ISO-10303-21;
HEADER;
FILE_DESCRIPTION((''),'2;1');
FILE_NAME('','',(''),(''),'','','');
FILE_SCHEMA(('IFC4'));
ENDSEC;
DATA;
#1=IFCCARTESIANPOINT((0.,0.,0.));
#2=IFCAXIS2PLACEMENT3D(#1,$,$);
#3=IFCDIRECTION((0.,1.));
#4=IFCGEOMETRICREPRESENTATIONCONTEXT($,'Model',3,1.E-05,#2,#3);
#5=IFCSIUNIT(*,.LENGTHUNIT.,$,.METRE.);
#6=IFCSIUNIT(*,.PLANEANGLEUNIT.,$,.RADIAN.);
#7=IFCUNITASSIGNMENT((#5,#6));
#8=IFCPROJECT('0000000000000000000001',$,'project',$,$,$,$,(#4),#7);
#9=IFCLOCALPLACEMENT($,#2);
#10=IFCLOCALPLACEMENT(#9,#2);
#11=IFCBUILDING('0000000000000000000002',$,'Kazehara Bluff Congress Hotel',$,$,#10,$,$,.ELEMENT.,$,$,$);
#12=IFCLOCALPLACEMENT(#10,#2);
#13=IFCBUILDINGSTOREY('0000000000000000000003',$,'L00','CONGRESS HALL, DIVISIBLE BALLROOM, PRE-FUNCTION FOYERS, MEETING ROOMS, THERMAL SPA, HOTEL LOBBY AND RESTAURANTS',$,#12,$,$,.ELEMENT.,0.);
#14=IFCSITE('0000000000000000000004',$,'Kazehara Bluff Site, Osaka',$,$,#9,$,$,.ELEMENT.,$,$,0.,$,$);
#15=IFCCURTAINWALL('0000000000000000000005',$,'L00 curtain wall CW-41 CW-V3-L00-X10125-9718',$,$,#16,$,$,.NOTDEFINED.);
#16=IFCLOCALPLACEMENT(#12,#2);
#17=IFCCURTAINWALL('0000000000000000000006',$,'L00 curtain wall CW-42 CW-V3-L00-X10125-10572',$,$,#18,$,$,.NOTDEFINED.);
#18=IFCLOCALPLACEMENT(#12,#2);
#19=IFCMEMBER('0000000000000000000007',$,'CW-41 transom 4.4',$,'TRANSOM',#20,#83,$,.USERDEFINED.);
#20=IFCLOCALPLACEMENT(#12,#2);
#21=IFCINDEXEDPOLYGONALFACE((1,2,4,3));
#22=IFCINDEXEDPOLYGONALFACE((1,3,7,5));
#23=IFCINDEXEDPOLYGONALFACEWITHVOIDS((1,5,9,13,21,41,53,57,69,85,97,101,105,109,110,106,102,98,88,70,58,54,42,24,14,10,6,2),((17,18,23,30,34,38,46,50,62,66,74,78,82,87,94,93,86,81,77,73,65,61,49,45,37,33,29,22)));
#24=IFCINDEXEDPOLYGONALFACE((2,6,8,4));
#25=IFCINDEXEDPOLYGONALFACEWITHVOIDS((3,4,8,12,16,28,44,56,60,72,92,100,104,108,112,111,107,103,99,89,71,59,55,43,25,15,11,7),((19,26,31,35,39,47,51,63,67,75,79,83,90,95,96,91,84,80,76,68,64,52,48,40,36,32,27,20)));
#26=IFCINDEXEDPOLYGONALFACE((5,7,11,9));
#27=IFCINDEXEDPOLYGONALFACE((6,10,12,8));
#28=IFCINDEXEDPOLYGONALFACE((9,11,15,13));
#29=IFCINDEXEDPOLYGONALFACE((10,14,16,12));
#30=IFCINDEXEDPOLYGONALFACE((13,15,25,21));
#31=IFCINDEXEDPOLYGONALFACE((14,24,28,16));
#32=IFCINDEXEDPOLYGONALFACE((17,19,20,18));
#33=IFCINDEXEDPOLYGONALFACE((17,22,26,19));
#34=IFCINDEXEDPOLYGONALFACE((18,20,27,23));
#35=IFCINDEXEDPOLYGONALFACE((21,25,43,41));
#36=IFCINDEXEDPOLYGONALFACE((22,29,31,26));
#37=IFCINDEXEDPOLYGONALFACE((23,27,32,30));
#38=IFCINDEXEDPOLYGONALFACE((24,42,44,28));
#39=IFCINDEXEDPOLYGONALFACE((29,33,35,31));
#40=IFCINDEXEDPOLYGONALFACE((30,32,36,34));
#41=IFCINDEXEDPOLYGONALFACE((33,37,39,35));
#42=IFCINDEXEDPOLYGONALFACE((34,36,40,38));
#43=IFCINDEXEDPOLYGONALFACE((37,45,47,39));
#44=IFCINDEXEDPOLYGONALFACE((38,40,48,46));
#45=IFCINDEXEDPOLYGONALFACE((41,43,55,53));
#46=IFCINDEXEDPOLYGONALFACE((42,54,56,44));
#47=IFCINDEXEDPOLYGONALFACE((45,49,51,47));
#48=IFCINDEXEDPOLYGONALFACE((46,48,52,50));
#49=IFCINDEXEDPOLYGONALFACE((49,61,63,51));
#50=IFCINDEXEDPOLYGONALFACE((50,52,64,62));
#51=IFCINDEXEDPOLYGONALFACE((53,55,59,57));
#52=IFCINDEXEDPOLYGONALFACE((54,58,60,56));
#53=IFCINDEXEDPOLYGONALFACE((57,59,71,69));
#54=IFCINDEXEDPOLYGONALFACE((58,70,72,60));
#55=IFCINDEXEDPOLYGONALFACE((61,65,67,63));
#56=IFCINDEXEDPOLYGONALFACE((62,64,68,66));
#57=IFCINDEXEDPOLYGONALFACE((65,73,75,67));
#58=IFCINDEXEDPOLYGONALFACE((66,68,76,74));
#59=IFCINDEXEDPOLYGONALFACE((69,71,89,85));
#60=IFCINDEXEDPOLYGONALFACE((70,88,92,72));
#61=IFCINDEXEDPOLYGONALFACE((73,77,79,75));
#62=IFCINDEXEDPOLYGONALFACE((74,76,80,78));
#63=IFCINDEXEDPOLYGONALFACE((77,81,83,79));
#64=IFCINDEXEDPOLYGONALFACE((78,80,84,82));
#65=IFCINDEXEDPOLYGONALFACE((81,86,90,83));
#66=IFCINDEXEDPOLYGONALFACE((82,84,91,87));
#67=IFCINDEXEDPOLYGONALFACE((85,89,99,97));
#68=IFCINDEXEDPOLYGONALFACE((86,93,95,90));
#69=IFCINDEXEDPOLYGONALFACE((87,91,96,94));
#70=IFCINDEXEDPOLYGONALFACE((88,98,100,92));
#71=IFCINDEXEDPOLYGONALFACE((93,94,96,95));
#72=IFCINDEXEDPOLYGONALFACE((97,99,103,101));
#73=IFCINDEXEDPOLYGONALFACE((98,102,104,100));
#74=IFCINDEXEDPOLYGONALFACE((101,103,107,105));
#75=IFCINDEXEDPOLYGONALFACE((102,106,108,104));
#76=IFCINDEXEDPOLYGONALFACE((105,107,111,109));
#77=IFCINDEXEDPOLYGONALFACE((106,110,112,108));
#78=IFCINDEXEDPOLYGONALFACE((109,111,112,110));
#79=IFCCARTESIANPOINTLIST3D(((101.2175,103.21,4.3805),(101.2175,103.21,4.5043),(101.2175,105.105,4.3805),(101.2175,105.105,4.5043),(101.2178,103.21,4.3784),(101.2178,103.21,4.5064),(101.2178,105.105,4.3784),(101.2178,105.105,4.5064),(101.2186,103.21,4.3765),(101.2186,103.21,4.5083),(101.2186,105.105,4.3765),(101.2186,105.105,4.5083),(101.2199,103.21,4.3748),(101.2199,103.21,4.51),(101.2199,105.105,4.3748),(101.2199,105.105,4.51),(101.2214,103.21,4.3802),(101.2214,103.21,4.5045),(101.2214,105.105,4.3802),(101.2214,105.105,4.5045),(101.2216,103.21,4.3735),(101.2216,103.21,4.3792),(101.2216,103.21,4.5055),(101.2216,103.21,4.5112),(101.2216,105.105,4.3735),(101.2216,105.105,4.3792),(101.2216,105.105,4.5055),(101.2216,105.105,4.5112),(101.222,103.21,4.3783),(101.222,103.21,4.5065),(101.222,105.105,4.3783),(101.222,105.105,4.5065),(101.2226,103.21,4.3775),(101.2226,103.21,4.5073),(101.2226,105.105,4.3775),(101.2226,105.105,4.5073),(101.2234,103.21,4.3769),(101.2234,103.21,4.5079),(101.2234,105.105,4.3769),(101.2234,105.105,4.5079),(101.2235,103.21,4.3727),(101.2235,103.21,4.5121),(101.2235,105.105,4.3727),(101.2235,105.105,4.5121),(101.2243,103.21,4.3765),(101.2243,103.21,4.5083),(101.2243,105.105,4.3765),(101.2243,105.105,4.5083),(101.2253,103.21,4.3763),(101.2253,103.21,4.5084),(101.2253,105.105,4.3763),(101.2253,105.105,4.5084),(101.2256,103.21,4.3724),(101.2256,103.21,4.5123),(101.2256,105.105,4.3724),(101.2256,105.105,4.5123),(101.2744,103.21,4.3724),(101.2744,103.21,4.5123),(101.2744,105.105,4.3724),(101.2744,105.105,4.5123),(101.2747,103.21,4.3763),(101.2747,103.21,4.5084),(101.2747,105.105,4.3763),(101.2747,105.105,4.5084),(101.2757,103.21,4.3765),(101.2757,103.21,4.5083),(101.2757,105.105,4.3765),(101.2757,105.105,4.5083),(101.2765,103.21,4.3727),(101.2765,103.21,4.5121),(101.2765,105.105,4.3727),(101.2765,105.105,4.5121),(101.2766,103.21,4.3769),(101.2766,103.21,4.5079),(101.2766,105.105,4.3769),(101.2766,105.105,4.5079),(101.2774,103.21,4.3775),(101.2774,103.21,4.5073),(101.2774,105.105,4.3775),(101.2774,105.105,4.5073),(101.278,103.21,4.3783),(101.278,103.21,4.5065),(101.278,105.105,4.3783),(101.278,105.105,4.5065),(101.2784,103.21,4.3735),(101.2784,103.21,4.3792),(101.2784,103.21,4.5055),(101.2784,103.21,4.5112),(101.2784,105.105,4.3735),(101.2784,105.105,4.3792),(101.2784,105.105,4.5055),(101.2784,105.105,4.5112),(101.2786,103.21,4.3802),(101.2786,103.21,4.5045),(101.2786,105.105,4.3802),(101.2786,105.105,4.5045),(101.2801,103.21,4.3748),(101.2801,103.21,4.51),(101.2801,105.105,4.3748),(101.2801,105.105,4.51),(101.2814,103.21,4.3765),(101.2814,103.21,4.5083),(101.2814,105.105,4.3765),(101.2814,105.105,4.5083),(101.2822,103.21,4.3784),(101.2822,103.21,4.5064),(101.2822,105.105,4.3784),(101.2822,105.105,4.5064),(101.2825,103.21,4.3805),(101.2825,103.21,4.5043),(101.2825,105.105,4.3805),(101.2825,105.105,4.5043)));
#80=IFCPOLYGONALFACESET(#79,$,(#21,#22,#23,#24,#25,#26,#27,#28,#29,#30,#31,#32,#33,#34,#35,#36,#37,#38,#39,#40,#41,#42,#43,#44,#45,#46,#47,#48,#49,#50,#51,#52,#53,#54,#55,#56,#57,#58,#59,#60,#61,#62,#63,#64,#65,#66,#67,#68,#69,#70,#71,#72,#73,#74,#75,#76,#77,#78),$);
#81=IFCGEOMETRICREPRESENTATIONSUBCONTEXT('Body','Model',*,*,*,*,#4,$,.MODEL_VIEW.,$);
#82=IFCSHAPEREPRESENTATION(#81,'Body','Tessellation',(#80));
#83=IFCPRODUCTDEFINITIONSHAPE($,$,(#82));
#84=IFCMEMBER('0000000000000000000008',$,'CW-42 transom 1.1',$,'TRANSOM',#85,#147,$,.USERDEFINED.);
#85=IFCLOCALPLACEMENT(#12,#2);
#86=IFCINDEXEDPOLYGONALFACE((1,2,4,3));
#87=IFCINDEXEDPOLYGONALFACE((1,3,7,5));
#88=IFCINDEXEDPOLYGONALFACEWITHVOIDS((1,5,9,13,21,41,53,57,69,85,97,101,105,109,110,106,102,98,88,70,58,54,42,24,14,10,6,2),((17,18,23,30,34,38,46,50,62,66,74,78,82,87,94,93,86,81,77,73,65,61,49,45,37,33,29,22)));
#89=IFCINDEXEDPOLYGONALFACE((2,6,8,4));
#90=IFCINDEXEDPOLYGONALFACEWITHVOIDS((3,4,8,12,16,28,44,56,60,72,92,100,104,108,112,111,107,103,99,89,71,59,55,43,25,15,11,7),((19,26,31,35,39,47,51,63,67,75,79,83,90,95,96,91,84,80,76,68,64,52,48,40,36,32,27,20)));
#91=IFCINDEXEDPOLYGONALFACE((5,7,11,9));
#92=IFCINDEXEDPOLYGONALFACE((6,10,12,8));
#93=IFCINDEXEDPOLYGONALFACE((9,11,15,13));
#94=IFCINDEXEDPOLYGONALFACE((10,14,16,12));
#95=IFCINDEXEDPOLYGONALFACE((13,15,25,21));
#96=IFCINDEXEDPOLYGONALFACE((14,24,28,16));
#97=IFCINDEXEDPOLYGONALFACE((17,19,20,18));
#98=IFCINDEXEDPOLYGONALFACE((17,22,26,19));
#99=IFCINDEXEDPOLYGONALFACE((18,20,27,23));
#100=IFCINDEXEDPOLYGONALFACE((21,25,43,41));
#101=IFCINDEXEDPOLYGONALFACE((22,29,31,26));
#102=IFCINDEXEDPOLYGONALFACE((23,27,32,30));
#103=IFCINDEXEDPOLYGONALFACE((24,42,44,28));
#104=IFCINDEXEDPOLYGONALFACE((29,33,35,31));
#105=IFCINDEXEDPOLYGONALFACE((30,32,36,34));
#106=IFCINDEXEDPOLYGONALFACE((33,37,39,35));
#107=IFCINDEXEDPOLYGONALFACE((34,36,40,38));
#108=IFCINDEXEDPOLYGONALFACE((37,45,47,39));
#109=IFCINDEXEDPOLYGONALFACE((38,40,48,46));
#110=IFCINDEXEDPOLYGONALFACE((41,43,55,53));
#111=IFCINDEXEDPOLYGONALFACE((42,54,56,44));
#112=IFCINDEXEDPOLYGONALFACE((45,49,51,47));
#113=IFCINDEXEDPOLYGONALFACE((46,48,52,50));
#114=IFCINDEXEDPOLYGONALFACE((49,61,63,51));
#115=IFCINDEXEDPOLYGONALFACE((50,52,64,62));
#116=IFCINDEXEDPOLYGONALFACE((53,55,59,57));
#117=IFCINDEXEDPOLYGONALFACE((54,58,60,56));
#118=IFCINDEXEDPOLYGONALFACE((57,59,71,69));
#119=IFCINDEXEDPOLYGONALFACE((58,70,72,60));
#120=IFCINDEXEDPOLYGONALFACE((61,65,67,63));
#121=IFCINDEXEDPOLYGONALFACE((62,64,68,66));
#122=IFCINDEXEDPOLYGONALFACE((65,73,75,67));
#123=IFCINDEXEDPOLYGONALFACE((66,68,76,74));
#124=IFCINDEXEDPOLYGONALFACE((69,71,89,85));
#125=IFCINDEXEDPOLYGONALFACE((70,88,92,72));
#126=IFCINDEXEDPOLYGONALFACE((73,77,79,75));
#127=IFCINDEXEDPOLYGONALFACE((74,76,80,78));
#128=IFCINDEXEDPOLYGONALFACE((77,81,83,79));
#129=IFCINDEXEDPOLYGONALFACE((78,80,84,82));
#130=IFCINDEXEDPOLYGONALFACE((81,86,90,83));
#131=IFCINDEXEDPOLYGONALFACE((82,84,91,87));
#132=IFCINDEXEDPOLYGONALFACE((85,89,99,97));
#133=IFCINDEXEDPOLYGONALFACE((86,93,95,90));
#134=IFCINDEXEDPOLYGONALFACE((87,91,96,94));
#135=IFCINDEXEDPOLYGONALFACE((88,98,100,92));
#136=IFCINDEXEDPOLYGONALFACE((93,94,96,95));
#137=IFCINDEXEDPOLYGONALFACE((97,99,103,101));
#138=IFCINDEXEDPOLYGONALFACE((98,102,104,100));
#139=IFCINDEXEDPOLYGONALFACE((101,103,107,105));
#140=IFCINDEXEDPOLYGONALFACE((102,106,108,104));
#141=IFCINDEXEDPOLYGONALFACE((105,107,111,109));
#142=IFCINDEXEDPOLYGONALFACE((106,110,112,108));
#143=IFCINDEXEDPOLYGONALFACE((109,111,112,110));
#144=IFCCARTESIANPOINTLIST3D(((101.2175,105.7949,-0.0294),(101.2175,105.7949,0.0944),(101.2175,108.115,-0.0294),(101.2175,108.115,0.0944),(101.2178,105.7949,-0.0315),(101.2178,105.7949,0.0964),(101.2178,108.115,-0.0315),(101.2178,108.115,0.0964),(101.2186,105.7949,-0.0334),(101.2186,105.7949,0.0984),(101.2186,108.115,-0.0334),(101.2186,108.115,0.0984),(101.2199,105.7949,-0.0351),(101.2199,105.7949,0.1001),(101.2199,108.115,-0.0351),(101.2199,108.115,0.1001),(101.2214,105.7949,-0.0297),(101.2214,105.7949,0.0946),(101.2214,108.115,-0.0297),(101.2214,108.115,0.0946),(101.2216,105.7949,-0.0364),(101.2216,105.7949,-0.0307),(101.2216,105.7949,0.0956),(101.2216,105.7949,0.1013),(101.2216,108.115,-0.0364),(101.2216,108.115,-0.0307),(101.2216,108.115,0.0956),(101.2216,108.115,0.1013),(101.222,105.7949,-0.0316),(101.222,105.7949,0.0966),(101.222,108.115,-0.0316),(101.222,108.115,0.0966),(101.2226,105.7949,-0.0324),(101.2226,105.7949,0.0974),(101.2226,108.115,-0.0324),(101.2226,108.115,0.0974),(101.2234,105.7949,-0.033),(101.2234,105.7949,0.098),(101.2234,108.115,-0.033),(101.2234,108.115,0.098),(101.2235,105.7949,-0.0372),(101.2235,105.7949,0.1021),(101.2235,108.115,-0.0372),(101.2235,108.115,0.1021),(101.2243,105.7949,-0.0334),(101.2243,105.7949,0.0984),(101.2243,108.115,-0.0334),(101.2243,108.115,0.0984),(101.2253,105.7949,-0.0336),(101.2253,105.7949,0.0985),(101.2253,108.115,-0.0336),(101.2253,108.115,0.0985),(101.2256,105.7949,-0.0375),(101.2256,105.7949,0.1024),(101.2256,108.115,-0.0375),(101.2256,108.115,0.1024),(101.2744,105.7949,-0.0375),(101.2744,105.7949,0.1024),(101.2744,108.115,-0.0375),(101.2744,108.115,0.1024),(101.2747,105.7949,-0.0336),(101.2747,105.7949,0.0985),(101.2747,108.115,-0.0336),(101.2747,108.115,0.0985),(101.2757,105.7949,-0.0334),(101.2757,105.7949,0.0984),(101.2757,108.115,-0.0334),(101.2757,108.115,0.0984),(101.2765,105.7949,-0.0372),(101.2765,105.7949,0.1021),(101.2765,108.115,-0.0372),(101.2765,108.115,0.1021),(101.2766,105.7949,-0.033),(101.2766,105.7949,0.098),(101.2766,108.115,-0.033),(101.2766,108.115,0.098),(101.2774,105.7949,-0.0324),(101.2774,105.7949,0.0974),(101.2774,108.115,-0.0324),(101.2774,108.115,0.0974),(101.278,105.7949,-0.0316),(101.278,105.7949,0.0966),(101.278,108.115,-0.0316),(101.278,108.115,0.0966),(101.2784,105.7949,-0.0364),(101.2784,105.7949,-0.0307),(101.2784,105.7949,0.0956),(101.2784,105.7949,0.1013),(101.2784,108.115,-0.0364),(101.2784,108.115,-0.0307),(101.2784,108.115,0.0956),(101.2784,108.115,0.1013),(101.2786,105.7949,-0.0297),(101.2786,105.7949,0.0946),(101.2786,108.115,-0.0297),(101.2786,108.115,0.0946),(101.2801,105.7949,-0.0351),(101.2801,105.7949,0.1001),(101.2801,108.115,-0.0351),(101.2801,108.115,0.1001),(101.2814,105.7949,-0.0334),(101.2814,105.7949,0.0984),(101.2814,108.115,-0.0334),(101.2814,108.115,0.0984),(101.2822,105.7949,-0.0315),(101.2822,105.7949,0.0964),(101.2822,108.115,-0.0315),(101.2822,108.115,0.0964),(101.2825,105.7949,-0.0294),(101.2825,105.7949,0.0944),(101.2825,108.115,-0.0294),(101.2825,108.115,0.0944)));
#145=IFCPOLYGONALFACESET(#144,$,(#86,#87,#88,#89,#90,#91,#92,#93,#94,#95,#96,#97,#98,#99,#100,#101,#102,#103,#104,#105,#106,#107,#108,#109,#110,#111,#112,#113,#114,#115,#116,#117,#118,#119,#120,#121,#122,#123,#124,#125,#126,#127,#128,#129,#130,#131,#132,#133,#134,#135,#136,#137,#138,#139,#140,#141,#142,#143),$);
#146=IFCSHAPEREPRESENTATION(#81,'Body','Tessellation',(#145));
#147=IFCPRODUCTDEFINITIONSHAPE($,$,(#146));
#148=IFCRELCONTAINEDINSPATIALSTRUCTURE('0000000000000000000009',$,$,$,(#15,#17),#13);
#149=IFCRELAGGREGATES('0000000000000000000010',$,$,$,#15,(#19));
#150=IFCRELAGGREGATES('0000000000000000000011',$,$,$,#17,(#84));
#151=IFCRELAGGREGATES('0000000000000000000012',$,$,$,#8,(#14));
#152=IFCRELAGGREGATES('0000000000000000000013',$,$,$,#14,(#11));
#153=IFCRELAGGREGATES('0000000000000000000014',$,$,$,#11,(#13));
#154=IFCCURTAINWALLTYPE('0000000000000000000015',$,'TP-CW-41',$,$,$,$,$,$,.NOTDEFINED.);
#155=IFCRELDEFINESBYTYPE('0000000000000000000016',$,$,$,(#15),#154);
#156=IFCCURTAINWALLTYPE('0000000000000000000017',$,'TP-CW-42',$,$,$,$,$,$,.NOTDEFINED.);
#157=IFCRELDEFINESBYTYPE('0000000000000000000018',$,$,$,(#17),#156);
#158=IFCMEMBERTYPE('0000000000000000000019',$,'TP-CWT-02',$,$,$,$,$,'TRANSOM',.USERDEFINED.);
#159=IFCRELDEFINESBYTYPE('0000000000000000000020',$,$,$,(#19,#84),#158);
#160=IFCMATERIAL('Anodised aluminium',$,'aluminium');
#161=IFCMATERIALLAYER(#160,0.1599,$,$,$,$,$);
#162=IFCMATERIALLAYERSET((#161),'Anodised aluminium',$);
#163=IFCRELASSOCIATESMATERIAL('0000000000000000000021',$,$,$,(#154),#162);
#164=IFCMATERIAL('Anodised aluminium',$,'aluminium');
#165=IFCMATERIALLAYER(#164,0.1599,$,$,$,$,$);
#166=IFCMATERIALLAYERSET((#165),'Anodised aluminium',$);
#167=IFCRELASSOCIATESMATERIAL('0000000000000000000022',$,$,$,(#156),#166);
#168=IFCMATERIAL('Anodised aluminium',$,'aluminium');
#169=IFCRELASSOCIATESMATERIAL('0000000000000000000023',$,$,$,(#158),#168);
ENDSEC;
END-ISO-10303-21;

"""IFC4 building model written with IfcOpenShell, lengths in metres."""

from ifc_helpers import new_model, si_unit, direction, frame, origin, origin_2d, place, context, subcontext, project, spatial, hollow_rectangle, extrude, material, layer, layer_set, material_profile, profile_set, type_object, element, aggregate, save


model = new_model("IFC4")

# Units and contexts
model_context = context("Model", 3, precision=1e-05, world=origin(), true_north=direction((0.0, 1.0)))
body_context = subcontext(model_context, "Body", "Model", "MODEL_VIEW")
ifc_project = project(units=[si_unit("LENGTHUNIT", "METRE"), si_unit("PLANEANGLEUNIT", "RADIAN")], contexts=[model_context])

# Site, building, storey
site_placement = place(None, origin())
site = spatial("IfcSite", under=ifc_project, at=site_placement, Name="Kazehara Bluff Site, Osaka", CompositionType="ELEMENT", RefElevation=0.0)
building_placement = place(site_placement, origin())
building = spatial("IfcBuilding", under=site, at=building_placement, Name="Kazehara Bluff Congress Hotel", CompositionType="ELEMENT")
storey_placement = place(building_placement, origin())
storey = spatial("IfcBuildingStorey", under=building, at=storey_placement, Name="L00", Description="CONGRESS HALL, DIVISIBLE BALLROOM, PRE-FUNCTION FOYERS, MEETING ROOMS, THERMAL SPA, HOTEL LOBBY AND RESTAURANTS", CompositionType="ELEMENT", Elevation=0.0)

# Curtain walls
ifc_material_1 = material(Name="Anodised aluminium", Category="aluminium")
ifc_layer_1 = layer(ifc_material_1, 0.1599)
ifc_layer_set_1 = layer_set([ifc_layer_1], Name="Anodised aluminium")
curtain_wall_type_1 = type_object("IfcCurtainWallType", Name="TP-CW-41", PredefinedType="NOTDEFINED", material=ifc_layer_set_1)
curtain_wall_1_placement = place(storey_placement, origin())
curtain_wall_1 = element("IfcCurtainWall", 1, at=curtain_wall_1_placement, inside=storey, type_object=curtain_wall_type_1, Name="L00 curtain wall CW-41 CW-V3-L00-X10125-9718", PredefinedType="NOTDEFINED")
ifc_material_2 = material(Name="Anodised aluminium", Category="aluminium")
ifc_layer_2 = layer(ifc_material_2, 0.1599)
ifc_layer_set_2 = layer_set([ifc_layer_2], Name="Anodised aluminium")
curtain_wall_type_2 = type_object("IfcCurtainWallType", Name="TP-CW-42", PredefinedType="NOTDEFINED", material=ifc_layer_set_2)
curtain_wall_2_placement = place(storey_placement, origin())
curtain_wall_2 = element("IfcCurtainWall", 2, at=curtain_wall_2_placement, inside=storey, type_object=curtain_wall_type_2, Name="L00 curtain wall CW-42 CW-V3-L00-X10125-10572", PredefinedType="NOTDEFINED")

# Members
ifc_material_3 = material(Name="Anodised aluminium", Category="aluminium")
ifc_material_profile_1 = material_profile(ifc_material_3, hollow_rectangle(XDim=0.0649, YDim=0.1399, WallThickness=0.0039, InnerFilletRadius=0.0039, OuterFilletRadius=0.0081, at=origin_2d()))
ifc_profile_set_1 = profile_set([ifc_material_profile_1], Name="Anodised aluminium")
member_type_1 = type_object("IfcMemberType", Name="TP-CWT-02", ElementType="TRANSOM", PredefinedType="USERDEFINED", material=ifc_profile_set_1)
member_1_placement = place(storey_placement, frame((101.25, 103.21, 4.4424), z_axis=(0.0, 1.0, 0.0), x_axis=(-1.0, 0.0, 0.0)))
member_1 = element("IfcMember", 3, at=member_1_placement, type_object=member_type_1, Name="CW-41 transom 4.4", ObjectType="TRANSOM", PredefinedType="USERDEFINED", context=body_context, shape_type="SweptSolid", body=[
    extrude(hollow_rectangle(XDim=0.0649, YDim=0.1399, WallThickness=0.0039, InnerFilletRadius=0.0039, OuterFilletRadius=0.0081, at=origin_2d()), origin(), (0.0, 0.0, 1.0), 1.895),
])
member_2_placement = place(storey_placement, frame((101.25, 105.7949, 0.0325), z_axis=(0.0, 1.0, 0.0), x_axis=(-1.0, 0.0, 0.0)))
member_2 = element("IfcMember", 4, at=member_2_placement, type_object=member_type_1, Name="CW-42 transom 1.1", ObjectType="TRANSOM", PredefinedType="USERDEFINED", context=body_context, shape_type="SweptSolid", body=[
    extrude(hollow_rectangle(XDim=0.0649, YDim=0.1399, WallThickness=0.0039, InnerFilletRadius=0.0039, OuterFilletRadius=0.0081, at=origin_2d()), origin(), (0.0, 0.0, 1.0), 2.3201),
])

aggregate(curtain_wall_1, [member_1])
aggregate(curtain_wall_2, [member_2])

save(model, "model.ifc")
